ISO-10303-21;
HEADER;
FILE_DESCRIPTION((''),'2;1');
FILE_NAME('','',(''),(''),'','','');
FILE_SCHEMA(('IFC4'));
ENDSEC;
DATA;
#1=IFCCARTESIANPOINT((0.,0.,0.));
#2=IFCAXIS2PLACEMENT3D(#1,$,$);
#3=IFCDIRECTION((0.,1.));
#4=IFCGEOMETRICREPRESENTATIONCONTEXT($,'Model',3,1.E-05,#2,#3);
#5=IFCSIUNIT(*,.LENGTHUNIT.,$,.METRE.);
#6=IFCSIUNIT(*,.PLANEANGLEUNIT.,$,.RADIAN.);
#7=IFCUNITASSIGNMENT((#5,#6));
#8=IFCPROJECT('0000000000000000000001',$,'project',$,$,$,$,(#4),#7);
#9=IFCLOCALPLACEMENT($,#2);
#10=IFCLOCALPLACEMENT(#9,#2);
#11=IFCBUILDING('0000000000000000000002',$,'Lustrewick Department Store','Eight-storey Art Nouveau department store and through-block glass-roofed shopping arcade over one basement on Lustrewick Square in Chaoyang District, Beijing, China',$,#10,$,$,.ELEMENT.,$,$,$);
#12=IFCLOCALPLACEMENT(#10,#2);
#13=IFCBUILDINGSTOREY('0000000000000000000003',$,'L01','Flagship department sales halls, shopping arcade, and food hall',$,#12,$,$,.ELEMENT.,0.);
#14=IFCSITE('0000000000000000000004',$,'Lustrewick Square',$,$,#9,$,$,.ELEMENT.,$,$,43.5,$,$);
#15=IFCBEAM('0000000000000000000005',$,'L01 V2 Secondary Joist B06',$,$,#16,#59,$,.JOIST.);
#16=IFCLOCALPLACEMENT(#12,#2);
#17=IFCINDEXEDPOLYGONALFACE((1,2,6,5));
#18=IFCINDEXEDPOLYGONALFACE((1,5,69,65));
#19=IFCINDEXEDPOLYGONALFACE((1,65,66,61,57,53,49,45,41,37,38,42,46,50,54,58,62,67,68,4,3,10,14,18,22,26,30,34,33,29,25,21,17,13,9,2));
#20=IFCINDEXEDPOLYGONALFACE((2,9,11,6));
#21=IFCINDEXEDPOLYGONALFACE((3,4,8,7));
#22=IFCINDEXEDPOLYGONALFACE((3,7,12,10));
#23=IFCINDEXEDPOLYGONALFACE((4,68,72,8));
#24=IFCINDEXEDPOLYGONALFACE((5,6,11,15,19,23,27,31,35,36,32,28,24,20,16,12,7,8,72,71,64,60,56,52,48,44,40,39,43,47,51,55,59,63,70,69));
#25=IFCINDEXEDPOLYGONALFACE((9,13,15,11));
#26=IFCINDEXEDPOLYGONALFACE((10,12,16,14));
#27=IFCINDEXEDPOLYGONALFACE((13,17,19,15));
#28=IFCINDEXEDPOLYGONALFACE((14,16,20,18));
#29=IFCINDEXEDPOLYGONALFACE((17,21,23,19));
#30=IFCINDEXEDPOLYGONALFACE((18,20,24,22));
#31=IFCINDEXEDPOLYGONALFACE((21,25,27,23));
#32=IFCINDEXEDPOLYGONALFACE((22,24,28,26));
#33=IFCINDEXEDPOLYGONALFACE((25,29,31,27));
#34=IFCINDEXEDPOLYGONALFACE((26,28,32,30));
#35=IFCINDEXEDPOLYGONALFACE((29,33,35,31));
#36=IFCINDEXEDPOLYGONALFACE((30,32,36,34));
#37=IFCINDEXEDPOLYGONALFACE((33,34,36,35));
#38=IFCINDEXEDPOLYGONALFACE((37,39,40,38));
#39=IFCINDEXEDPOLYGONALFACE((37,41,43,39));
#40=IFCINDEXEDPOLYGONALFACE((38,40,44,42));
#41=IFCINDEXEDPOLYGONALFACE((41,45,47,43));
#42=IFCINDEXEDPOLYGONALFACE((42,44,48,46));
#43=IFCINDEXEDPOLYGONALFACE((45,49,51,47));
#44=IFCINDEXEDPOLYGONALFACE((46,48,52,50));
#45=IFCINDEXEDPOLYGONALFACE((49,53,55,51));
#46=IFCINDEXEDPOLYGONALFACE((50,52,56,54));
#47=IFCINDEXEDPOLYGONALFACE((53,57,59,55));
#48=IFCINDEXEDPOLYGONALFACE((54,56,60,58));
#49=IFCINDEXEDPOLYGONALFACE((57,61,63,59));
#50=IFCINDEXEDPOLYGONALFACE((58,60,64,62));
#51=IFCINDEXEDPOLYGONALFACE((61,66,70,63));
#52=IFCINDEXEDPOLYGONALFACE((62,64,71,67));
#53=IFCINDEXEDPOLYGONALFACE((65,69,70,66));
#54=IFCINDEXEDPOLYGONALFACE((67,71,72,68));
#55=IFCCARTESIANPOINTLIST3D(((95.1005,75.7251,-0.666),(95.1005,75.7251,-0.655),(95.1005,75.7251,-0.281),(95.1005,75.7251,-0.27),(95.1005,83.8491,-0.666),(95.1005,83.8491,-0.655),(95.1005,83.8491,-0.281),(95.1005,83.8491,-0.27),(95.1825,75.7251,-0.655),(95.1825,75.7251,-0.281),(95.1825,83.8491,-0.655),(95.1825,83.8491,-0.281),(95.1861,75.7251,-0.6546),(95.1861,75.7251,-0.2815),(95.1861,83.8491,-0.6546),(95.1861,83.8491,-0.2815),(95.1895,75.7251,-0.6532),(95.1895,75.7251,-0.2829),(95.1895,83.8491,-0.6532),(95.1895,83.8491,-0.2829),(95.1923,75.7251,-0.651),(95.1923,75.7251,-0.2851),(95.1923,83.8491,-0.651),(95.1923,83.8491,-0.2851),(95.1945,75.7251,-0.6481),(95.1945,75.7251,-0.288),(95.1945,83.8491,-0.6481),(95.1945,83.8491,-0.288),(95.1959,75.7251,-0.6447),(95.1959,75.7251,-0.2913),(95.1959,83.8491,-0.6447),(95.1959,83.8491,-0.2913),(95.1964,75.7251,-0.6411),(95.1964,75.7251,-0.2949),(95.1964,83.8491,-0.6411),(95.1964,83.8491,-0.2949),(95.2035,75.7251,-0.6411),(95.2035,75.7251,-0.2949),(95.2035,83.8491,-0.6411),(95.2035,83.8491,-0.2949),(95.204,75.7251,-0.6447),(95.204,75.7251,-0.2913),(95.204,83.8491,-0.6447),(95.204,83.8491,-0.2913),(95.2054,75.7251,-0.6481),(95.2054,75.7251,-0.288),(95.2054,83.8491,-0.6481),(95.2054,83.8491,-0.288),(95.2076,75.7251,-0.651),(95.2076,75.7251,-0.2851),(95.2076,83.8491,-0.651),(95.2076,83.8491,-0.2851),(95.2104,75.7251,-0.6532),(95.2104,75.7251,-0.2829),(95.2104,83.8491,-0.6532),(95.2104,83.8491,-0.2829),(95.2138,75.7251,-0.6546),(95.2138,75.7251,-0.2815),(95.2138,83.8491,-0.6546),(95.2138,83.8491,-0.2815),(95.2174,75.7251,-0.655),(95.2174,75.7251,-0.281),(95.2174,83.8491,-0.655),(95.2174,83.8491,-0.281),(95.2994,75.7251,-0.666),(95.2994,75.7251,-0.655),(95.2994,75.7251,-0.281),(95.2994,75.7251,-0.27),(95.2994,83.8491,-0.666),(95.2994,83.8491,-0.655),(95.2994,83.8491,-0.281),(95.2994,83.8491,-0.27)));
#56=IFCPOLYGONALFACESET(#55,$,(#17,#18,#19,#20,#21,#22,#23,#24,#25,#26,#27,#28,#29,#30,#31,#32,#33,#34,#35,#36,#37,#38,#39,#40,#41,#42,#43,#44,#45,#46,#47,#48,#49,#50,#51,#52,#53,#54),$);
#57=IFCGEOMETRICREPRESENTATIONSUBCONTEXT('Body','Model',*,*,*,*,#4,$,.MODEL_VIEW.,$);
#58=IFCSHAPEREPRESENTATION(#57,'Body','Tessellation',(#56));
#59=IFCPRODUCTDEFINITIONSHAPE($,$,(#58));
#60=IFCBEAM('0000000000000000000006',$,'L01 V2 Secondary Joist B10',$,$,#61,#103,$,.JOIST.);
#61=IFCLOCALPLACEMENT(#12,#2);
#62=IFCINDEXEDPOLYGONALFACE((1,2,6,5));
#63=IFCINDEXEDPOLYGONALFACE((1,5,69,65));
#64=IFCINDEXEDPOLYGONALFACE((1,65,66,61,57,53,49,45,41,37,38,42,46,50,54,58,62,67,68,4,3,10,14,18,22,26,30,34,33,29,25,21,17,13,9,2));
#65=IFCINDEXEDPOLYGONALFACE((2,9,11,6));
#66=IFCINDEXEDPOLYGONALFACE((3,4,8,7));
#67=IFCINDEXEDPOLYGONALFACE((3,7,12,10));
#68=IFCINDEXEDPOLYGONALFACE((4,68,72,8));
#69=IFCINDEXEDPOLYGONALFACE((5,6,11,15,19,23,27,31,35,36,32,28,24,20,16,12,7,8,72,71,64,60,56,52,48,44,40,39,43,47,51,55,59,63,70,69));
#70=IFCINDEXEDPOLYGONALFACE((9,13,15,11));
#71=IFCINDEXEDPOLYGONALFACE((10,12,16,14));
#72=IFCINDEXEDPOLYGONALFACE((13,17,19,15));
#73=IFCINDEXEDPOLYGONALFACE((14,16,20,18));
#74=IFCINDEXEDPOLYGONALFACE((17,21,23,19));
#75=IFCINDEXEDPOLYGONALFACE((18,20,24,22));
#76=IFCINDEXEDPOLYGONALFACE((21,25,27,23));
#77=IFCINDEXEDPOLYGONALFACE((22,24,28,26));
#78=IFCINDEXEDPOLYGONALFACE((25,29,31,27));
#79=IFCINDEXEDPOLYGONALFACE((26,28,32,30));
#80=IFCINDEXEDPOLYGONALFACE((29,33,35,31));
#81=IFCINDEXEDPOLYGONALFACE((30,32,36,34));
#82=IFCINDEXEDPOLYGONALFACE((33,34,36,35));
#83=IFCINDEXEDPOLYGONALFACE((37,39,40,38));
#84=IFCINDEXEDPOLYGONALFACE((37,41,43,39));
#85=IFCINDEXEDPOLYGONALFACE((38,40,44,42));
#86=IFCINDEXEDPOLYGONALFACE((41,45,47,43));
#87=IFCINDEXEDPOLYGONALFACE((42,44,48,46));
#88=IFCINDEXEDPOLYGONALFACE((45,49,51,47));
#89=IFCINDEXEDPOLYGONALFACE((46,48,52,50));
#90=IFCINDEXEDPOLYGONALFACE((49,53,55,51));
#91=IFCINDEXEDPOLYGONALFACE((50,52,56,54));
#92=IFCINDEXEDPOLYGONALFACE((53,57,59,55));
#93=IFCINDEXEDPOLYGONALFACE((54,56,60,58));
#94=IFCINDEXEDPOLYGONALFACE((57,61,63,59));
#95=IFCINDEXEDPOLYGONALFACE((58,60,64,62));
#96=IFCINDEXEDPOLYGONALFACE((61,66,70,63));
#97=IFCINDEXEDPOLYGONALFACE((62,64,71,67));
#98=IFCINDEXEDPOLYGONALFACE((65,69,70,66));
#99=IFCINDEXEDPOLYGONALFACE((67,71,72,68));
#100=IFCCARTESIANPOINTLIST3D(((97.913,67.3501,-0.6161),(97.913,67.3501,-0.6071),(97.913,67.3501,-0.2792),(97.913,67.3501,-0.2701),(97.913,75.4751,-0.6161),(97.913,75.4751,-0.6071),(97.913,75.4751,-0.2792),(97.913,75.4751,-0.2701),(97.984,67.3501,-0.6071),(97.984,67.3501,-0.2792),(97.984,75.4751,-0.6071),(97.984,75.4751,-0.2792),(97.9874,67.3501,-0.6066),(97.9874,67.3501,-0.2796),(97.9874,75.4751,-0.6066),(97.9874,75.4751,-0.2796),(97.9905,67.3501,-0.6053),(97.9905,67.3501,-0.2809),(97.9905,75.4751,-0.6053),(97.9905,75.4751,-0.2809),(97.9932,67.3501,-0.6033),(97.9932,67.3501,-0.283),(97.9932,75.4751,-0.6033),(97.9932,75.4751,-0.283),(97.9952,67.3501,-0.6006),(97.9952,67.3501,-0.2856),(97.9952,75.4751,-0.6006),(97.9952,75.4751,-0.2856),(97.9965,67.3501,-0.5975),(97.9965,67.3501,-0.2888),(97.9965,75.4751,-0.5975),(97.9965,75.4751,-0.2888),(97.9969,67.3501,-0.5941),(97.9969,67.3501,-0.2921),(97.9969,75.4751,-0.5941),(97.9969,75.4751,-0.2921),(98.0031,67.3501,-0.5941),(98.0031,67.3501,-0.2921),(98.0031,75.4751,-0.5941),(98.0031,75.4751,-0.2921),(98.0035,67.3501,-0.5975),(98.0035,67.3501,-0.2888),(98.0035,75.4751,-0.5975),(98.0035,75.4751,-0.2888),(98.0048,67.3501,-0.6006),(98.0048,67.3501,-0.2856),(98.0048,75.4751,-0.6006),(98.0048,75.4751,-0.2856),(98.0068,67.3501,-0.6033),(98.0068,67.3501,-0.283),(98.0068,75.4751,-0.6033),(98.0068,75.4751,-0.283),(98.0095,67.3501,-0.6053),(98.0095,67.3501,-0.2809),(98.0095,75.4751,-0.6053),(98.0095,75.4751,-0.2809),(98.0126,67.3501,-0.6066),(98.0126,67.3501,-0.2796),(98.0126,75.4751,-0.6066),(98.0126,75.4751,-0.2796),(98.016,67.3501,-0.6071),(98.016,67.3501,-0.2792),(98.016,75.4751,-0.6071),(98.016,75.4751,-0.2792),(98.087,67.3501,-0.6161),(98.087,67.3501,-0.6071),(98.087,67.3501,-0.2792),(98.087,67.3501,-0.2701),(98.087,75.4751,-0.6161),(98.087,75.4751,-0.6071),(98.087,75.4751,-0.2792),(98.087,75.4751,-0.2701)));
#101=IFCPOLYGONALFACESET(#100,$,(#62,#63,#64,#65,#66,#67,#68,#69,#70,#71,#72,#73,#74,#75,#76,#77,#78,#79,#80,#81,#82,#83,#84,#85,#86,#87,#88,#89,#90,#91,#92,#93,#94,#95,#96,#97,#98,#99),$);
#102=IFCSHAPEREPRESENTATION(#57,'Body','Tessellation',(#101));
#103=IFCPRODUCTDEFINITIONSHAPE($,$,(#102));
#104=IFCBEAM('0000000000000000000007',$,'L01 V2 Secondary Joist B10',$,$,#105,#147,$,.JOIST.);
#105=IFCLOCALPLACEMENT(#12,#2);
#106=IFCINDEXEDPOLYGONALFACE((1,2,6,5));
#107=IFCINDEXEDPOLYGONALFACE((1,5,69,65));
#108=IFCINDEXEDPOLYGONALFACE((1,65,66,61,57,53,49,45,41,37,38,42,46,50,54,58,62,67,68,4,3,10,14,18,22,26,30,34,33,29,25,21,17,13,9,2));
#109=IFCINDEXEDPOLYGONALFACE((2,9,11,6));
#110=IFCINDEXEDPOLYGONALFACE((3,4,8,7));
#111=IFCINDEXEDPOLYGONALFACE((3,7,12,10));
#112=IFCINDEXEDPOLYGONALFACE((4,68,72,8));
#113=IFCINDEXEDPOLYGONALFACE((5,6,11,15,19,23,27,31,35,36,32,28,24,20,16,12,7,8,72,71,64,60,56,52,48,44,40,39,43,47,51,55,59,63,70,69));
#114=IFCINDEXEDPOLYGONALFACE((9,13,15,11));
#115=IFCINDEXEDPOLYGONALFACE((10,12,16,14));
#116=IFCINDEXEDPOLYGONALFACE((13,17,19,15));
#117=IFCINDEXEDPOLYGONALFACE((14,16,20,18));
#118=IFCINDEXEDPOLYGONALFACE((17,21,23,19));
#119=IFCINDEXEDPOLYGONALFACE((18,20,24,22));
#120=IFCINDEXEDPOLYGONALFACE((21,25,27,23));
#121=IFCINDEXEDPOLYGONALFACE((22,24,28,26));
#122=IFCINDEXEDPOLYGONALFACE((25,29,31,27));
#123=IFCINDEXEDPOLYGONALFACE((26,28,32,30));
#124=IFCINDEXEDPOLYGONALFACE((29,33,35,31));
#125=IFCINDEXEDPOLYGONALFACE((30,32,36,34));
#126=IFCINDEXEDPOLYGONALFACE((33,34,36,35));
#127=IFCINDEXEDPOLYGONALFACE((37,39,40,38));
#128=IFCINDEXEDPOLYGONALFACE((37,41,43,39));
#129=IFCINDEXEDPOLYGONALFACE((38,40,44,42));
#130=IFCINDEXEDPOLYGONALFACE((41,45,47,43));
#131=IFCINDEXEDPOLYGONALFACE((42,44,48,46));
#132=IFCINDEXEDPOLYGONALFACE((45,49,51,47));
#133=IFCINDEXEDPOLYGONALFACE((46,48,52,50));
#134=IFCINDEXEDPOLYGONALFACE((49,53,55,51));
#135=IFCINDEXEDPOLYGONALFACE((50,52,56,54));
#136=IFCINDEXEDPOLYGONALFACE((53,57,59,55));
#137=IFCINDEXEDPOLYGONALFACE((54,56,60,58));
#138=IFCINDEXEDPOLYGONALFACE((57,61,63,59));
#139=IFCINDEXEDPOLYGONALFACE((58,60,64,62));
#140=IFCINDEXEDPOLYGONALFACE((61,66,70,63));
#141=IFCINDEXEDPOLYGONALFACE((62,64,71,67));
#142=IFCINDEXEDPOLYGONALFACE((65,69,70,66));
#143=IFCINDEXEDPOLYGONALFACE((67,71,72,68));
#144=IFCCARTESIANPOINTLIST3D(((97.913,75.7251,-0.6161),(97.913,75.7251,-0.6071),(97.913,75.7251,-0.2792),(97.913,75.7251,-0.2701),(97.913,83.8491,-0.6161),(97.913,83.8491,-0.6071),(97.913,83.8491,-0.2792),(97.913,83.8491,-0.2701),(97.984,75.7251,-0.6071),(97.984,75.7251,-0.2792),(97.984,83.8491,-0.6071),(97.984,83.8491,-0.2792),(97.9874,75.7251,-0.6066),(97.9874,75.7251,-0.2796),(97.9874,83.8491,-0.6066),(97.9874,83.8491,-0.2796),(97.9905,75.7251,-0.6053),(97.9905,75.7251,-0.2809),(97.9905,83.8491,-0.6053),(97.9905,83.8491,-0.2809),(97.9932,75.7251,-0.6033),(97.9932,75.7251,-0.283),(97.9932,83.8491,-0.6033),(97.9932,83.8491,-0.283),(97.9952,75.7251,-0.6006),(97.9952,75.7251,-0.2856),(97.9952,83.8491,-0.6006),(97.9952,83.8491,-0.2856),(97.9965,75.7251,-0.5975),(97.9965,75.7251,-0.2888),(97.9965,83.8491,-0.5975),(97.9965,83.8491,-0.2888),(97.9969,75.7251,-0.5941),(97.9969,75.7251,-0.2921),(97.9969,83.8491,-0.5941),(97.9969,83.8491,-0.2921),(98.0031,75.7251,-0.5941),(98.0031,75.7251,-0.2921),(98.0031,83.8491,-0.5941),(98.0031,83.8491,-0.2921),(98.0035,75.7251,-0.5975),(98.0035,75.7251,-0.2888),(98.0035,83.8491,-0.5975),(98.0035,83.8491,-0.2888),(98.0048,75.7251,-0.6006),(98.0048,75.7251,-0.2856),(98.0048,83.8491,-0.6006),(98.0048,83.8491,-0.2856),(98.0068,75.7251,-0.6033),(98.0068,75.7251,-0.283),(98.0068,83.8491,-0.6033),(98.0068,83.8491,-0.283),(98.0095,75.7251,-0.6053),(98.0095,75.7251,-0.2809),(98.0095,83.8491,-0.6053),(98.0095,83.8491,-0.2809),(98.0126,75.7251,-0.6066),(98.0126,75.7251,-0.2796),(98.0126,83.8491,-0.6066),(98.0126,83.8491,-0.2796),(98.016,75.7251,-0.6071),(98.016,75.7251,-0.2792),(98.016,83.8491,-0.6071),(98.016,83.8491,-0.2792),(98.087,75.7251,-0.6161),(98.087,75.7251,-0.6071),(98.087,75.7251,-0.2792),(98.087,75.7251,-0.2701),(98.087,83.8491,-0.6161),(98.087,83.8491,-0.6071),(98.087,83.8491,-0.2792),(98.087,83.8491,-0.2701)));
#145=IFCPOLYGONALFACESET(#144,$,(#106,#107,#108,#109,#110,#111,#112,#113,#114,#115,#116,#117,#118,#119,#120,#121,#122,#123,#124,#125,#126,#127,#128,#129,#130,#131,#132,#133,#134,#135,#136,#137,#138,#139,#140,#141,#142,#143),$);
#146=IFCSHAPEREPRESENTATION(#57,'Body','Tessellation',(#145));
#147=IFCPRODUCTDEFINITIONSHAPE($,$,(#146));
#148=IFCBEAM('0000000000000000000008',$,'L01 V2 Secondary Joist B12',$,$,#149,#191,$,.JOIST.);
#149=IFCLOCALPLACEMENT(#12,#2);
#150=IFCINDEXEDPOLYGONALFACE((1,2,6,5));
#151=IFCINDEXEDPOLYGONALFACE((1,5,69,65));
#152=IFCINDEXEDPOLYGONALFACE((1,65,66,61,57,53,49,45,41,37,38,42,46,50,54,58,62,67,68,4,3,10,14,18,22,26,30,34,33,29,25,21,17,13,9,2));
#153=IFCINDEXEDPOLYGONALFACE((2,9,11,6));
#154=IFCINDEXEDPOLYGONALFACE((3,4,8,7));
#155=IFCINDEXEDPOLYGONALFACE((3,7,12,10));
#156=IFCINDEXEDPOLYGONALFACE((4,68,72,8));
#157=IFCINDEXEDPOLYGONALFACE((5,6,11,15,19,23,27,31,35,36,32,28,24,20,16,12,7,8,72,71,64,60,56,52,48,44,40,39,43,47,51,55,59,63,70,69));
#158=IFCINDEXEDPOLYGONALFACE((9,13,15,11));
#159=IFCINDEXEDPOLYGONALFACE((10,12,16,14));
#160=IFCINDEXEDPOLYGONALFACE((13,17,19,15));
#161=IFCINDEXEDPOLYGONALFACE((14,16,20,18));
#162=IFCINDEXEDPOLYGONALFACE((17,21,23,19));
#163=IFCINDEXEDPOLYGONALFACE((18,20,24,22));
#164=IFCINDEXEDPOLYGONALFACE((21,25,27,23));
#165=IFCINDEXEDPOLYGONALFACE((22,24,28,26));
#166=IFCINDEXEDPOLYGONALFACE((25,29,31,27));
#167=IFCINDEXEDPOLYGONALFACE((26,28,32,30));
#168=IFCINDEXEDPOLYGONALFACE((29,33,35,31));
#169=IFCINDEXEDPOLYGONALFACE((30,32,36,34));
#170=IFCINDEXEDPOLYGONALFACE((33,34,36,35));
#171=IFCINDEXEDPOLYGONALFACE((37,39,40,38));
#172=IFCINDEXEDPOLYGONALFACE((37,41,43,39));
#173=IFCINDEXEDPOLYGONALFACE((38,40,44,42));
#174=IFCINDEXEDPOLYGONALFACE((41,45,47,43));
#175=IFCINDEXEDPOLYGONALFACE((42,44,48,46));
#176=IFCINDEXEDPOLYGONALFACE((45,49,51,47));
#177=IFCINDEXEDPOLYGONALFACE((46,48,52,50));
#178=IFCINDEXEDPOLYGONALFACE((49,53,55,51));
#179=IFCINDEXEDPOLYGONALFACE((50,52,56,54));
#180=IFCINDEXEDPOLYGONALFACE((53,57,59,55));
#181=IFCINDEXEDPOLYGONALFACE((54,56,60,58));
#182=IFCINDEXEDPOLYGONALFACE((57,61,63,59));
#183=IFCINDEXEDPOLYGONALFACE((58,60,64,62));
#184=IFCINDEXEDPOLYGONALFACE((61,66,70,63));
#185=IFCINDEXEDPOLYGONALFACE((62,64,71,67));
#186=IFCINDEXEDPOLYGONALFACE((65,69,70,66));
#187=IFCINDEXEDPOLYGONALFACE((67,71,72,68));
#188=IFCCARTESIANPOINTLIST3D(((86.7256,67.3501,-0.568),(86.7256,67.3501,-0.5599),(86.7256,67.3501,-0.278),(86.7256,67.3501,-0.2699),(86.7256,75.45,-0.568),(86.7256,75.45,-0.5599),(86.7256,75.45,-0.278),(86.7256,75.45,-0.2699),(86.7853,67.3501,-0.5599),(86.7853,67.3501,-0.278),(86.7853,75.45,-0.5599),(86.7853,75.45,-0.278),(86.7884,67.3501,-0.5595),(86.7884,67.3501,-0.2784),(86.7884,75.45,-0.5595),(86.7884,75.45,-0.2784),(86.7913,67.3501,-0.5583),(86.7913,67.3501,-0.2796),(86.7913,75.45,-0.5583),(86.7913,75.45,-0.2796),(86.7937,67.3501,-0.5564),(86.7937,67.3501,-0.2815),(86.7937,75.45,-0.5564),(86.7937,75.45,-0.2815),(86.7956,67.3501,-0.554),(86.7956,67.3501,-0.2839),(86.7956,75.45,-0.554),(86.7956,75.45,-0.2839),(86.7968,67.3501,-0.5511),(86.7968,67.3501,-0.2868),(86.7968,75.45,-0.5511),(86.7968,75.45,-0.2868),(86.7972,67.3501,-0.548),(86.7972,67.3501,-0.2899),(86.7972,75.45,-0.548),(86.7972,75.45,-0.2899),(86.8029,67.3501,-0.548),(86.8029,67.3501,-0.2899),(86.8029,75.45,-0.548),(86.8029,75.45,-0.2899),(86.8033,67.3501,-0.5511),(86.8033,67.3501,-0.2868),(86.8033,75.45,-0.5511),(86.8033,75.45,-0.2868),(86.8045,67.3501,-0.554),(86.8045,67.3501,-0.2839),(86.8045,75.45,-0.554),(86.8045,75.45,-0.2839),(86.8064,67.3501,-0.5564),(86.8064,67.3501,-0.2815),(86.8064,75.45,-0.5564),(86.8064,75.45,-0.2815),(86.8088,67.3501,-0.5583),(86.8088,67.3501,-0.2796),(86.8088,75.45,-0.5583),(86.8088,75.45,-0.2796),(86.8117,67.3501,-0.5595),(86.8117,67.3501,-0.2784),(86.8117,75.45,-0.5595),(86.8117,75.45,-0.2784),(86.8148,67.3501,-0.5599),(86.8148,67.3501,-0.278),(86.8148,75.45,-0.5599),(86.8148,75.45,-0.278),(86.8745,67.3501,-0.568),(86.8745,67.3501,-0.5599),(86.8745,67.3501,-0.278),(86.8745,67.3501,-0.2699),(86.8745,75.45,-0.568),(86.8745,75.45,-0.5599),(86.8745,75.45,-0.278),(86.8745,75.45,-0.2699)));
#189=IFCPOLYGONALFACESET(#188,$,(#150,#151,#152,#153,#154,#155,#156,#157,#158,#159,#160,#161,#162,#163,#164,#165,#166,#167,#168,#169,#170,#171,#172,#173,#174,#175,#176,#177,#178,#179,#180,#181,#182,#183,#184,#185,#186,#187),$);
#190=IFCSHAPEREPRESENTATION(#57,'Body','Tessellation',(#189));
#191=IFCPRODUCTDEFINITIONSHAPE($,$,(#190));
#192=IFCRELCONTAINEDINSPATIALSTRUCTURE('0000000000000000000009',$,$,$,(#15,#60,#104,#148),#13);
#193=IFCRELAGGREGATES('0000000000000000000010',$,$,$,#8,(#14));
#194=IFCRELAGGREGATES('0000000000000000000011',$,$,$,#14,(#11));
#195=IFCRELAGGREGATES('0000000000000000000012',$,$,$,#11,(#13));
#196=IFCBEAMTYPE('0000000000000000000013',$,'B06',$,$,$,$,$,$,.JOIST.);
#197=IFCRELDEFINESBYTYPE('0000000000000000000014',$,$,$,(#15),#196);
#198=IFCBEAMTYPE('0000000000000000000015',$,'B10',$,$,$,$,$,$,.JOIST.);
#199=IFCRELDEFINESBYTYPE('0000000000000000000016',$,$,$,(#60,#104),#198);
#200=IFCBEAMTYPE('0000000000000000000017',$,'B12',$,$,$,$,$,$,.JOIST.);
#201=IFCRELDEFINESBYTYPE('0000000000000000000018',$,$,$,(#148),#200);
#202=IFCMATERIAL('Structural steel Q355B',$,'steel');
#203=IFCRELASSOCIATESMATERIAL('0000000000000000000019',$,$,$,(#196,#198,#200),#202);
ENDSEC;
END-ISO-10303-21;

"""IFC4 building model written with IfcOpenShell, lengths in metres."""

from ifc_helpers import new_model, si_unit, direction, frame, origin, origin_2d, place, context, subcontext, project, spatial, i_section, extrude, material, material_profile, profile_set, type_object, element, save


model = new_model("IFC4")

# Units and contexts
model_context = context("Model", 3, precision=1e-05, world=origin(), true_north=direction((0.0, 1.0)))
body_context = subcontext(model_context, "Body", "Model", "MODEL_VIEW")
ifc_project = project(units=[si_unit("LENGTHUNIT", "METRE"), si_unit("PLANEANGLEUNIT", "RADIAN")], contexts=[model_context])

# Site, building, storey
site_placement = place(None, origin())
site = spatial("IfcSite", under=ifc_project, at=site_placement, Name="Lustrewick Square", CompositionType="ELEMENT", RefElevation=43.5)
building_placement = place(site_placement, origin())
building = spatial("IfcBuilding", under=site, at=building_placement, Name="Lustrewick Department Store", Description="Eight-storey Art Nouveau department store and through-block glass-roofed shopping arcade over one basement on Lustrewick Square in Chaoyang District, Beijing, China", CompositionType="ELEMENT")
storey_placement = place(building_placement, origin())
storey = spatial("IfcBuildingStorey", under=building, at=storey_placement, Name="L01", Description="Flagship department sales halls, shopping arcade, and food hall", CompositionType="ELEMENT", Elevation=0.0)

# Shared definitions
ifc_material_1 = material(Name="Structural steel Q355B", Category="steel")

# Beams
ifc_material_profile_1 = material_profile(ifc_material_1, i_section(OverallWidth=0.199, OverallDepth=0.396, WebThickness=0.0071, FlangeThickness=0.011, FilletRadius=0.0139, at=origin_2d()), Name="HN 396x199x7x11")
ifc_profile_set_1 = profile_set([ifc_material_profile_1], Name="Structural steel Q355B")
beam_type_1 = type_object("IfcBeamType", Name="B06", PredefinedType="JOIST", material=ifc_profile_set_1)
beam_1_placement = place(storey_placement, frame((95.2, 75.7251, -0.468), z_axis=(0.0, 1.0, 0.0), x_axis=(-1.0, 0.0, 0.0)))
element("IfcBeam", 1, at=beam_1_placement, inside=storey, type_object=beam_type_1, Name="L01 V2 Secondary Joist B06", PredefinedType="JOIST", context=body_context, shape_type="SweptSolid", body=[
    extrude(i_section(OverallWidth=0.199, OverallDepth=0.396, WebThickness=0.0071, FlangeThickness=0.011, FilletRadius=0.0139, at=origin_2d()), origin(), (0.0, 0.0, 1.0), 8.124),
])
ifc_material_profile_2 = material_profile(ifc_material_1, i_section(OverallWidth=0.1741, OverallDepth=0.3459, WebThickness=0.0061, FlangeThickness=0.009, FilletRadius=0.0129, at=origin_2d()), Name="HN 346x174x6x9")
ifc_profile_set_2 = profile_set([ifc_material_profile_2], Name="Structural steel Q355B")
beam_type_2 = type_object("IfcBeamType", Name="B10", PredefinedType="JOIST", material=ifc_profile_set_2)
beam_2_placement = place(storey_placement, frame((98.0, 67.3501, -0.4431), z_axis=(0.0, 1.0, 0.0), x_axis=(-1.0, 0.0, 0.0)))
element("IfcBeam", 2, at=beam_2_placement, inside=storey, type_object=beam_type_2, Name="L01 V2 Secondary Joist B10", PredefinedType="JOIST", context=body_context, shape_type="SweptSolid", body=[
    extrude(i_section(OverallWidth=0.1741, OverallDepth=0.3459, WebThickness=0.0061, FlangeThickness=0.009, FilletRadius=0.0129, at=origin_2d()), origin(), (0.0, 0.0, 1.0), 8.125),
])
beam_3_placement = place(storey_placement, frame((98.0, 75.7251, -0.4431), z_axis=(0.0, 1.0, 0.0), x_axis=(-1.0, 0.0, 0.0)))
element("IfcBeam", 3, at=beam_3_placement, inside=storey, type_object=beam_type_2, Name="L01 V2 Secondary Joist B10", PredefinedType="JOIST", context=body_context, shape_type="SweptSolid", body=[
    extrude(i_section(OverallWidth=0.1741, OverallDepth=0.3459, WebThickness=0.0061, FlangeThickness=0.009, FilletRadius=0.0129, at=origin_2d()), origin(), (0.0, 0.0, 1.0), 8.124),
])
ifc_material_profile_3 = material_profile(ifc_material_1, i_section(OverallWidth=0.1489, OverallDepth=0.2981, WebThickness=0.0056, FlangeThickness=0.0081, FilletRadius=0.012, at=origin_2d()), Name="HN 298x149x5.5x8")
ifc_profile_set_3 = profile_set([ifc_material_profile_3], Name="Structural steel Q355B")
beam_type_3 = type_object("IfcBeamType", Name="B12", PredefinedType="JOIST", material=ifc_profile_set_3)
beam_4_placement = place(storey_placement, frame((86.8, 67.3501, -0.4189), z_axis=(0.0, 1.0, 0.0), x_axis=(-1.0, 0.0, 0.0)))
element("IfcBeam", 4, at=beam_4_placement, inside=storey, type_object=beam_type_3, Name="L01 V2 Secondary Joist B12", PredefinedType="JOIST", context=body_context, shape_type="SweptSolid", body=[
    extrude(i_section(OverallWidth=0.1489, OverallDepth=0.2981, WebThickness=0.0056, FlangeThickness=0.0081, FilletRadius=0.012, at=origin_2d()), origin(), (0.0, 0.0, 1.0), 8.0999),
])

save(model, "model.ifc")
